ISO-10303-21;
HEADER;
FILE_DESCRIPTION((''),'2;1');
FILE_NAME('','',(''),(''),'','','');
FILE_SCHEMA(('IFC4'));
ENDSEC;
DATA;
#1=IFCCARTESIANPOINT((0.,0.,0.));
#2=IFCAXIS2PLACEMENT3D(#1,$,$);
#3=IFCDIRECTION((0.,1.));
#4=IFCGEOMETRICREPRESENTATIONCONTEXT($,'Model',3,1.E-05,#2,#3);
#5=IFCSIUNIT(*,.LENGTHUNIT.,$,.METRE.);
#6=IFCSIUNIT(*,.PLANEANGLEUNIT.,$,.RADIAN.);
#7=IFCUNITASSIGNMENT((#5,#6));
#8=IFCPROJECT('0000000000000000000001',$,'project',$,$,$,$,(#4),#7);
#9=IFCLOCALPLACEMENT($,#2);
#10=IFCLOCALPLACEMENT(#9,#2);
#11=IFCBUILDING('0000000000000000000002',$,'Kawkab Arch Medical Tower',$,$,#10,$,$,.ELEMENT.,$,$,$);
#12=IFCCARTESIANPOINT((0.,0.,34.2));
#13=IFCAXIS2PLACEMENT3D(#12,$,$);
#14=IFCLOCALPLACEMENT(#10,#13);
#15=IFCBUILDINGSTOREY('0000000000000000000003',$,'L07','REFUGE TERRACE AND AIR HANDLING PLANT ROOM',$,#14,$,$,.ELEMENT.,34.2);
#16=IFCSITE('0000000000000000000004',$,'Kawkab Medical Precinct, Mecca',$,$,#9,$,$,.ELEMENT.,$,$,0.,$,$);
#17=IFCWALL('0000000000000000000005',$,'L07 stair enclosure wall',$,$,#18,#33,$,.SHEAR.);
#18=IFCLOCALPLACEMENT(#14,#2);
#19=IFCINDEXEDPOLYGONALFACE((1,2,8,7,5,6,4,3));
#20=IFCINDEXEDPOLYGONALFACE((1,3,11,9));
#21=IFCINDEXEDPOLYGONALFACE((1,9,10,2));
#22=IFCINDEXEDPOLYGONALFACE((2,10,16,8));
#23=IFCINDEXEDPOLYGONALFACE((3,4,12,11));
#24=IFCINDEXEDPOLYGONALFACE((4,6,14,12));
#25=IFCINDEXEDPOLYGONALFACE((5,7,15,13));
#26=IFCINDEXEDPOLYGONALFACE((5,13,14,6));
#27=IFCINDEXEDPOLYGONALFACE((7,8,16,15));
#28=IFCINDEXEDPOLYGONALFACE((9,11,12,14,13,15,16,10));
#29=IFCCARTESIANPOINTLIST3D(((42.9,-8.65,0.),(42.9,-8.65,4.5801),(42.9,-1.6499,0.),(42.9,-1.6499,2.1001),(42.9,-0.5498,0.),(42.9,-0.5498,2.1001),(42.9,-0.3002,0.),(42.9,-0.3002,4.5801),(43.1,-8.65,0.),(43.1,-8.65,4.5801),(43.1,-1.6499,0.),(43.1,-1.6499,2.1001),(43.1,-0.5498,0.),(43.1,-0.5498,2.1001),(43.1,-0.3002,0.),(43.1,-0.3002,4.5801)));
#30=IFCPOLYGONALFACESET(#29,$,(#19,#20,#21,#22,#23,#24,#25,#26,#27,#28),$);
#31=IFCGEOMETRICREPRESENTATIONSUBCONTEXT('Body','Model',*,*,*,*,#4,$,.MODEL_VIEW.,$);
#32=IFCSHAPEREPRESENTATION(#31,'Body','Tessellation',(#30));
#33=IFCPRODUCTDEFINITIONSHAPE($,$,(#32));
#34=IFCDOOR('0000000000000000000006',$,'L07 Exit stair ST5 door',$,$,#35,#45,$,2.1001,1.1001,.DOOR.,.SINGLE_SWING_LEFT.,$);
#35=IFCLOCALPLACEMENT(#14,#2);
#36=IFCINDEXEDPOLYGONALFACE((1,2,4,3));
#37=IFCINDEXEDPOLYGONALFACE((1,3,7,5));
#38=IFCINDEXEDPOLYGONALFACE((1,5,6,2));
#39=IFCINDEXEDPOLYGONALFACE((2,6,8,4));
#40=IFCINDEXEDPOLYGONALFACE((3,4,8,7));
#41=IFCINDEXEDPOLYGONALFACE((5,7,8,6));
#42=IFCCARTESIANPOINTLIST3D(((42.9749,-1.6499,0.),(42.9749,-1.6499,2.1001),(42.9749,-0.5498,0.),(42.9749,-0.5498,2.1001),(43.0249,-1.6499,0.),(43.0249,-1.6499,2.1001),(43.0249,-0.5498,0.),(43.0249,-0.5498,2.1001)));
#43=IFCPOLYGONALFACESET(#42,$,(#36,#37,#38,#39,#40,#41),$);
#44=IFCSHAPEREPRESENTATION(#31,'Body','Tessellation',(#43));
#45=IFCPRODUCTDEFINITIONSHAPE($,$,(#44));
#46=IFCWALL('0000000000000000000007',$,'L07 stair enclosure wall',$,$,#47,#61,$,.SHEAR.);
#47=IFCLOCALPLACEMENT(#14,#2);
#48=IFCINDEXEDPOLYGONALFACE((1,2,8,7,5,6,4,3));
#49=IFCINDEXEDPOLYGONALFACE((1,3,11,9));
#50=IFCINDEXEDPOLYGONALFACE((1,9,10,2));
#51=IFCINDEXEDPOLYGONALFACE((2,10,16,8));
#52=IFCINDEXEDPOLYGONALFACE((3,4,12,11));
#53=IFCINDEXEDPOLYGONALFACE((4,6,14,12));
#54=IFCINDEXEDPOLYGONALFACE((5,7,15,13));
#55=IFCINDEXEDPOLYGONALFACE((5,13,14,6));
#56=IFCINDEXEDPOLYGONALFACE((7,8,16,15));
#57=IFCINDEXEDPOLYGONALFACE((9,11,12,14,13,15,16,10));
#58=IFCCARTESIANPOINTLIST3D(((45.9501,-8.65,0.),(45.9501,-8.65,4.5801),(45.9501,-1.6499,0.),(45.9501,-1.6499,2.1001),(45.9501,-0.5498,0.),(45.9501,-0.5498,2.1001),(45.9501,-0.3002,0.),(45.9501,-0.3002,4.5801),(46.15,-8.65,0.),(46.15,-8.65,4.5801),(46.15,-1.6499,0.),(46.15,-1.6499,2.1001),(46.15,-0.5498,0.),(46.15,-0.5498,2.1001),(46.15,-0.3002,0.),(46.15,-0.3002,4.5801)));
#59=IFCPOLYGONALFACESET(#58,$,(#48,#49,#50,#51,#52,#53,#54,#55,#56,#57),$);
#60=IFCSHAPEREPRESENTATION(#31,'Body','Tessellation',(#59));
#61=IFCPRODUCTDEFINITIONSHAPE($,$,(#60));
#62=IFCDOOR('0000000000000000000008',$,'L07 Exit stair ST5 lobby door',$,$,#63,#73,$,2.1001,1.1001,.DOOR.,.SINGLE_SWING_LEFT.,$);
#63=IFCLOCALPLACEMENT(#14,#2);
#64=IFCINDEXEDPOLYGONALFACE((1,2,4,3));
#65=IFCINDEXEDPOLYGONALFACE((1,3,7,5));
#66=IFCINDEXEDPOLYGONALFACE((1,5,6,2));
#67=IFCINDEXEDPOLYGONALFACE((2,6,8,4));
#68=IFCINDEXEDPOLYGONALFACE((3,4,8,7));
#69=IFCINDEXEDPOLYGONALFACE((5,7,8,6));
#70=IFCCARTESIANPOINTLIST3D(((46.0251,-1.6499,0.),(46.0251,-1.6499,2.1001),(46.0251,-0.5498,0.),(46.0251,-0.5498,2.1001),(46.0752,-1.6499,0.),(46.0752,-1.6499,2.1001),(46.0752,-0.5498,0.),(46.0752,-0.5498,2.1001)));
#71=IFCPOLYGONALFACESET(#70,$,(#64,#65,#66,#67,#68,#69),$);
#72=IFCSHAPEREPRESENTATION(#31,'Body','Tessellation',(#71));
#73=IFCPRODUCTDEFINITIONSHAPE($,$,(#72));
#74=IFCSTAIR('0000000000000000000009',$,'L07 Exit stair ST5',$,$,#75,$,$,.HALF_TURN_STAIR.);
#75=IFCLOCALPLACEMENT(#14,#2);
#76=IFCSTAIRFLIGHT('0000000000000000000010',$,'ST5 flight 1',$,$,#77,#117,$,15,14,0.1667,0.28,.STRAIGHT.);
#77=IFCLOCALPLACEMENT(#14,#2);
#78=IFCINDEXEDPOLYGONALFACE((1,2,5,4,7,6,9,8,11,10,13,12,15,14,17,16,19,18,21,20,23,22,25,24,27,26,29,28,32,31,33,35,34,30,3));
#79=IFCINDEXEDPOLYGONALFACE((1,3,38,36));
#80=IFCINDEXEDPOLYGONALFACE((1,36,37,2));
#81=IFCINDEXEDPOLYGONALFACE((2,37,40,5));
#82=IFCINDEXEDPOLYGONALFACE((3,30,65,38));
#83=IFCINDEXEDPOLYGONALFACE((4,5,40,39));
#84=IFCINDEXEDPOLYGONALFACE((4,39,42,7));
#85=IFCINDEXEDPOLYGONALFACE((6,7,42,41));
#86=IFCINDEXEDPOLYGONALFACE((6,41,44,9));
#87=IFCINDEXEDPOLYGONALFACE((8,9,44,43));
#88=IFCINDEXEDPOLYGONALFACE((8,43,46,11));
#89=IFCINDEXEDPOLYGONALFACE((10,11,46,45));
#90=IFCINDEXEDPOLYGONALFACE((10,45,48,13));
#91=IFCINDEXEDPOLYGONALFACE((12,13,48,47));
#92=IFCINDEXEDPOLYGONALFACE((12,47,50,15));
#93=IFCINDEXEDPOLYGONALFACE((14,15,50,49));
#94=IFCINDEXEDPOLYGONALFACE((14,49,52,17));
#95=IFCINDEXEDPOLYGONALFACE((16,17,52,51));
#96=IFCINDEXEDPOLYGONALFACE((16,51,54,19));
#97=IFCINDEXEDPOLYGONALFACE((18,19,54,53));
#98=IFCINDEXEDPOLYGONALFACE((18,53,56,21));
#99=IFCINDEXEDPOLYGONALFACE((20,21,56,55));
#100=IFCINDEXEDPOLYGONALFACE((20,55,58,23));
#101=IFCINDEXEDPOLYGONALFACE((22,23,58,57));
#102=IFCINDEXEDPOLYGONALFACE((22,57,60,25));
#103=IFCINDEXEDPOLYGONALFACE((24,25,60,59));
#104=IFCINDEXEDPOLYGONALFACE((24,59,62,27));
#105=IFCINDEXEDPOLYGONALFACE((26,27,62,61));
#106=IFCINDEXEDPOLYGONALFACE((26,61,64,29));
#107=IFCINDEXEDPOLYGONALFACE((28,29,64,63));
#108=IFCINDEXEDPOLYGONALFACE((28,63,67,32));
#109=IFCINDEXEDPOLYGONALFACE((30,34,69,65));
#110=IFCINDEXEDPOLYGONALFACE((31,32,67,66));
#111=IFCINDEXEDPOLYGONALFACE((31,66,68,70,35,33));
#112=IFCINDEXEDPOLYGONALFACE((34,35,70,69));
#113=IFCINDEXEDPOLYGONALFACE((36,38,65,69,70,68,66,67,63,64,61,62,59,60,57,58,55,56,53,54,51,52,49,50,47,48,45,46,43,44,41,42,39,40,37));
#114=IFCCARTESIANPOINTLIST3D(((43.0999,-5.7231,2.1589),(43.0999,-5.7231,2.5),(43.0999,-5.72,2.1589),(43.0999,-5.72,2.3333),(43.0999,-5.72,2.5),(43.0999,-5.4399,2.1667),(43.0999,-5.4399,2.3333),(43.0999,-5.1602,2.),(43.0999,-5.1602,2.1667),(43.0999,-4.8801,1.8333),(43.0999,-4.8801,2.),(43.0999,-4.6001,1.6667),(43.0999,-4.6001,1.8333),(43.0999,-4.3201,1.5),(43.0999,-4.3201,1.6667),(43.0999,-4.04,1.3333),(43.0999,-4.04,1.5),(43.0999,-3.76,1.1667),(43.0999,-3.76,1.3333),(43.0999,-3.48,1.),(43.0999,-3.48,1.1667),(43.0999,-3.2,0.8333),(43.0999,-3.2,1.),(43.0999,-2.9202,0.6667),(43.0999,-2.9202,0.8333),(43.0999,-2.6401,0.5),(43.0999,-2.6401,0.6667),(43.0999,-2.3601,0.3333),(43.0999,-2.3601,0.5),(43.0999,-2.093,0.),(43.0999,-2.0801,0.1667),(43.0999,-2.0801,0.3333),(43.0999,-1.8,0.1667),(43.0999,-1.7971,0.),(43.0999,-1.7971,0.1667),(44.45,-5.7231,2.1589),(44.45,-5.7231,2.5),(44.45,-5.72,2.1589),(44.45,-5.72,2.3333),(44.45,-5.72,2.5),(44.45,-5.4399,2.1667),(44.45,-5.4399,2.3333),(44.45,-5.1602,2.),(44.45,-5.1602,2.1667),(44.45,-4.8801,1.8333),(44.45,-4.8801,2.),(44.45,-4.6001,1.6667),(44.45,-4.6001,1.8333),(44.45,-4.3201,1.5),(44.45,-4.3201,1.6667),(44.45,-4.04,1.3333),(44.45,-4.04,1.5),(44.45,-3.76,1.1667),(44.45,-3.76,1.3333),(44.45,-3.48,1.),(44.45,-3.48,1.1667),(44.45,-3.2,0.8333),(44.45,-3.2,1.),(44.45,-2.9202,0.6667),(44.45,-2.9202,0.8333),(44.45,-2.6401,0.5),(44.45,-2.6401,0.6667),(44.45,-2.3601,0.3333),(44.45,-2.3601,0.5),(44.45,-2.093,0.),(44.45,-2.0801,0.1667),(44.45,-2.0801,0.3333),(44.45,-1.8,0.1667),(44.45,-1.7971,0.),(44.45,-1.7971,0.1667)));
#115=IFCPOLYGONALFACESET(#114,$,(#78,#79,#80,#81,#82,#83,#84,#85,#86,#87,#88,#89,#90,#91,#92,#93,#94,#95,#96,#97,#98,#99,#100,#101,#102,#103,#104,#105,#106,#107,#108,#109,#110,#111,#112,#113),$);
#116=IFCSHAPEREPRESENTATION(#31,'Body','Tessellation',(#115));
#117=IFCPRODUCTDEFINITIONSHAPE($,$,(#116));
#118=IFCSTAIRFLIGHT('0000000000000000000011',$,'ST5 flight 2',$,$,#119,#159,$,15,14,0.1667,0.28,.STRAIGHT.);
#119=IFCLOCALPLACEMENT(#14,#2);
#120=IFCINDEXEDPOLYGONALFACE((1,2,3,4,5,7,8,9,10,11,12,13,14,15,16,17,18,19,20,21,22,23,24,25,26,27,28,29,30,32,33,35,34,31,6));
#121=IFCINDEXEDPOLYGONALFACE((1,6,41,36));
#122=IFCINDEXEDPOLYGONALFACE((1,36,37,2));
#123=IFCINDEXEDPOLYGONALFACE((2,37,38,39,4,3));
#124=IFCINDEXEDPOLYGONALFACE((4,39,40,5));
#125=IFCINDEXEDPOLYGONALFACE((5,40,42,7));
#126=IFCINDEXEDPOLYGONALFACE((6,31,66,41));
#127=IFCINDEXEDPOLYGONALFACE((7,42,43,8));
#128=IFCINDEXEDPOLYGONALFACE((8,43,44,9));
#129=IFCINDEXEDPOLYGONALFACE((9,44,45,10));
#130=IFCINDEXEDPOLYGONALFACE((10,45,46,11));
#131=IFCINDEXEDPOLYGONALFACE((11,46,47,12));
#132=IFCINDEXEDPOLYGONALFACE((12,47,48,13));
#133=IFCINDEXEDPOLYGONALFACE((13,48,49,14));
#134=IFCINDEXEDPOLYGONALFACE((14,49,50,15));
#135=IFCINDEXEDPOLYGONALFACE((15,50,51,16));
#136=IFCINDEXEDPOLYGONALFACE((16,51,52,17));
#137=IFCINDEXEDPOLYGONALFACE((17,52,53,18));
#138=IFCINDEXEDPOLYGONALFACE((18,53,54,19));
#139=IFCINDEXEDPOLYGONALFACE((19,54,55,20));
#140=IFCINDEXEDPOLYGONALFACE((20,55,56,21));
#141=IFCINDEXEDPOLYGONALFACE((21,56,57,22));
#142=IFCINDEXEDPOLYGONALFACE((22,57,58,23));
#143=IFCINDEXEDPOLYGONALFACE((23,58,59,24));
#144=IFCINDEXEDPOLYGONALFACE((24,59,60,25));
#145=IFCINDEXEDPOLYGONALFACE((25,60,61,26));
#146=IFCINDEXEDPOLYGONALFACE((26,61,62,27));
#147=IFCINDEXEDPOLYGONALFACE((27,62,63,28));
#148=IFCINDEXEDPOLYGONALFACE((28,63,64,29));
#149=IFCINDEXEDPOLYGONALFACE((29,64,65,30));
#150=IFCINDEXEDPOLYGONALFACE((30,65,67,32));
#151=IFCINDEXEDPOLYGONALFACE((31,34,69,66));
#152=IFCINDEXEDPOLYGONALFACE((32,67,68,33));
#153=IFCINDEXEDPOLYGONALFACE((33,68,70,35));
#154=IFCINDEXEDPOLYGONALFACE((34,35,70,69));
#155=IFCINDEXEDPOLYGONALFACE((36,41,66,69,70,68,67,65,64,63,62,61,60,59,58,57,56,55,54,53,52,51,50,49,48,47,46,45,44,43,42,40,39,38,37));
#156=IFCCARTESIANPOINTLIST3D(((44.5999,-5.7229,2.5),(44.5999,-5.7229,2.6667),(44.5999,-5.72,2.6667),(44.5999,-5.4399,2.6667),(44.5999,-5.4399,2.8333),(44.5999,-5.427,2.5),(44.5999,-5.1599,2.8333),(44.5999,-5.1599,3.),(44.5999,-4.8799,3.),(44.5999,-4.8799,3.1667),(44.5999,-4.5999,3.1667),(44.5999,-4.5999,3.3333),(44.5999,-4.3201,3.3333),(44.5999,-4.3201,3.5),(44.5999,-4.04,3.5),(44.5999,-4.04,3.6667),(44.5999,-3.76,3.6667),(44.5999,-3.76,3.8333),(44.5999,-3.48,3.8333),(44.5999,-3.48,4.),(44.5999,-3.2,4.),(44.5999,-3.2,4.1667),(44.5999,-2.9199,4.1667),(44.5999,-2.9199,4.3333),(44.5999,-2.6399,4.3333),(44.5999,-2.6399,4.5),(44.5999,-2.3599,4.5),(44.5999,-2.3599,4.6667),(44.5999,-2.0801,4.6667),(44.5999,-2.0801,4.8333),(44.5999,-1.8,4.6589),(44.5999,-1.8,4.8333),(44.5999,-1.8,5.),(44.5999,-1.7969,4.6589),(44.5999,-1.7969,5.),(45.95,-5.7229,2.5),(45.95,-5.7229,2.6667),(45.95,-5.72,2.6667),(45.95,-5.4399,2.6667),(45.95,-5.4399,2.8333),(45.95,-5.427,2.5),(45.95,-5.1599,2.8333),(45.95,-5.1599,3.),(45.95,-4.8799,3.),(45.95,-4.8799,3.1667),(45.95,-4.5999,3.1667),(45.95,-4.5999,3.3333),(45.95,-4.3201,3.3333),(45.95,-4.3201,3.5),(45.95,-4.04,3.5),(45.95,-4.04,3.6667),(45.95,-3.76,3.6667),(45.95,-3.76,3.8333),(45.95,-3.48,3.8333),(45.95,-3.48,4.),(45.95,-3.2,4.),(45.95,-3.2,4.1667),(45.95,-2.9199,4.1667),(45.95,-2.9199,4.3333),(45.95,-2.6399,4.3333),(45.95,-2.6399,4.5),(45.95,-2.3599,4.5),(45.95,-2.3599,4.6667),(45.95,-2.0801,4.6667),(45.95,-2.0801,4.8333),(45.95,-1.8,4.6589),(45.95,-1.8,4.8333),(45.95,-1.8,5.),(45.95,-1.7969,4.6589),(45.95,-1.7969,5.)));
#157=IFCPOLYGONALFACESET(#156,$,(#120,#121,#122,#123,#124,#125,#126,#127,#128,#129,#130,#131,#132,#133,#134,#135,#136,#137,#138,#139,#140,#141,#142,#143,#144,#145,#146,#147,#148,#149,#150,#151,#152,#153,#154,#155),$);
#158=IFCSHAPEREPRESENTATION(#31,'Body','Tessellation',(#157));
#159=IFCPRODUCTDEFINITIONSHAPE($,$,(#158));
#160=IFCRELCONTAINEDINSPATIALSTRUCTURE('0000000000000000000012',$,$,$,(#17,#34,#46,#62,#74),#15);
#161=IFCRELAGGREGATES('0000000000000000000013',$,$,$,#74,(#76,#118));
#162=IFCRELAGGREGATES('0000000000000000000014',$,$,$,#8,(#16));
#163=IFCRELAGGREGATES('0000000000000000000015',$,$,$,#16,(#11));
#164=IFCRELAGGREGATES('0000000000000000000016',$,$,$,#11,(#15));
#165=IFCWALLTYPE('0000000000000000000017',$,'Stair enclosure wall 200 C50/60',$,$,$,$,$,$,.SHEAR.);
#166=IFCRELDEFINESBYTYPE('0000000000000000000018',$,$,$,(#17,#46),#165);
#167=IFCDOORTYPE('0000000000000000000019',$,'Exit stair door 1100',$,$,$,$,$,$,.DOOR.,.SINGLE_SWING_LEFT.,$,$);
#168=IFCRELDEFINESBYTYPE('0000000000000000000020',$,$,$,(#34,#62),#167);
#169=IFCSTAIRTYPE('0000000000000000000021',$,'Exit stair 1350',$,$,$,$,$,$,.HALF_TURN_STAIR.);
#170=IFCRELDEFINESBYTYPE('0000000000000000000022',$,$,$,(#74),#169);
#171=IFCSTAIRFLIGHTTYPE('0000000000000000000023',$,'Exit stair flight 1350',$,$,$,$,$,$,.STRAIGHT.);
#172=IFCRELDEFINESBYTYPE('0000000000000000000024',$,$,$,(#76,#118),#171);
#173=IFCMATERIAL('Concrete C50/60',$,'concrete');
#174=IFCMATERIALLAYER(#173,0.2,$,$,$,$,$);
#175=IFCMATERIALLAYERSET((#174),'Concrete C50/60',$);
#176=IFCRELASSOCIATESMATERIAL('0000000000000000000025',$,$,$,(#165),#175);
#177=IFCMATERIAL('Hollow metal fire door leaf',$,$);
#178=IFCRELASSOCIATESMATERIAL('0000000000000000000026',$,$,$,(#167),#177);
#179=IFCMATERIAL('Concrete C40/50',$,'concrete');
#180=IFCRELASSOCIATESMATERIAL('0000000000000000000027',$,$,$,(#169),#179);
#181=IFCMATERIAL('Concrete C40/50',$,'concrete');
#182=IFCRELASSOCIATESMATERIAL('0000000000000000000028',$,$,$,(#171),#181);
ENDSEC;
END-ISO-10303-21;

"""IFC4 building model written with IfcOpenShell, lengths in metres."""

from ifc_helpers import new_model, si_unit, direction, frame, frame_2d, origin, place, context, subcontext, project, spatial, polyline, rectangle, outline, extrude, material, layer, layer_set, type_object, element, fill, aggregate, save


model = new_model("IFC4")

# Units and contexts
model_context = context("Model", 3, precision=1e-05, world=origin(), true_north=direction((0.0, 1.0)))
body_context = subcontext(model_context, "Body", "Model", "MODEL_VIEW")
ifc_project = project(units=[si_unit("LENGTHUNIT", "METRE"), si_unit("PLANEANGLEUNIT", "RADIAN")], contexts=[model_context])

# Site, building, storey
site_placement = place(None, origin())
site = spatial("IfcSite", under=ifc_project, at=site_placement, Name="Kawkab Medical Precinct, Mecca", CompositionType="ELEMENT", RefElevation=0.0)
building_placement = place(site_placement, origin())
building = spatial("IfcBuilding", under=site, at=building_placement, Name="Kawkab Arch Medical Tower", CompositionType="ELEMENT")
storey_placement = place(building_placement, frame((0.0, 0.0, 34.2)))
storey = spatial("IfcBuildingStorey", under=building, at=storey_placement, Name="L07", Description="REFUGE TERRACE AND AIR HANDLING PLANT ROOM", CompositionType="ELEMENT", Elevation=34.2)

# Walls, openings, doors
ifc_material_1 = material(Name="Concrete C50/60", Category="concrete")
ifc_layer_1 = layer(ifc_material_1, 0.2)
ifc_layer_set_1 = layer_set([ifc_layer_1], Name="Concrete C50/60")
wall_type_1 = type_object("IfcWallType", Name="Stair enclosure wall 200 C50/60", PredefinedType="SHEAR", material=ifc_layer_set_1)
wall_1_placement = place(storey_placement, frame((43.0, -8.6499, 0.0), z_axis=(0.0, 0.0, 1.0), x_axis=(0.0, 1.0, 0.0)))
wall_1 = element("IfcWall", 1, at=wall_1_placement, inside=storey, type_object=wall_type_1, Name="L07 stair enclosure wall", PredefinedType="SHEAR", context=body_context, shape_type="SweptSolid", body=[
    extrude(rectangle(XDim=8.3499, YDim=0.2, at=frame_2d((4.1748, 0.0))), origin(), (0.0, 0.0, 1.0), 4.5801),
])
opening_1_placement = place(wall_1_placement, frame((7.0, 0.0, 0.0)))
opening_1 = element("IfcOpeningElement", 2, at=opening_1_placement, cuts=wall_1, PredefinedType="OPENING", context=body_context, shape_type="SweptSolid", body=[
    extrude(rectangle(XDim=1.1001, YDim=2.1001, at=frame_2d((0.55, 1.05))), frame((0.0, 0.1099, 0.0), z_axis=(0.0, -1.0, 0.0), x_axis=(1.0, 0.0, 0.0)), (0.0, 0.0, 1.0), 0.22),
])
ifc_material_2 = material(Name="Hollow metal fire door leaf")
door_type_1 = type_object("IfcDoorType", Name="Exit stair door 1100", OperationType="SINGLE_SWING_LEFT", PredefinedType="DOOR", material=ifc_material_2)
door_1_placement = place(opening_1_placement, frame((1.1001, 0.0, 0.0), z_axis=(0.0, 0.0, 1.0), x_axis=(-1.0, 0.0, 0.0)))
door_1 = element("IfcDoor", 3, at=door_1_placement, inside=storey, type_object=door_type_1, Name="L07 Exit stair ST5 door", OperationType="SINGLE_SWING_LEFT", OverallHeight=2.1001, OverallWidth=1.1001, PredefinedType="DOOR", context=body_context, shape_type="SweptSolid", body=[
    extrude(rectangle(XDim=1.1001, YDim=2.1001, at=frame_2d((0.55, 1.05))), frame((0.0, 0.0249, 0.0), z_axis=(0.0, -1.0, 0.0), x_axis=(1.0, 0.0, 0.0)), (0.0, 0.0, 1.0), 0.05),
])
fill(opening_1, door_1)
wall_2_placement = place(storey_placement, frame((46.05, -8.6499, 0.0), z_axis=(0.0, 0.0, 1.0), x_axis=(0.0, 1.0, 0.0)))
wall_2 = element("IfcWall", 4, at=wall_2_placement, inside=storey, type_object=wall_type_1, Name="L07 stair enclosure wall", PredefinedType="SHEAR", context=body_context, shape_type="SweptSolid", body=[
    extrude(rectangle(XDim=8.3499, YDim=0.2, at=frame_2d((4.1748, 0.0))), origin(), (0.0, 0.0, 1.0), 4.5801),
])
opening_2_placement = place(wall_2_placement, frame((7.0, 0.0, 0.0)))
opening_2 = element("IfcOpeningElement", 5, at=opening_2_placement, cuts=wall_2, PredefinedType="OPENING", context=body_context, shape_type="SweptSolid", body=[
    extrude(rectangle(XDim=1.1001, YDim=2.1001, at=frame_2d((0.55, 1.05))), frame((0.0, 0.1099, 0.0), z_axis=(0.0, -1.0, 0.0), x_axis=(1.0, 0.0, 0.0)), (0.0, 0.0, 1.0), 0.22),
])
door_2_placement = place(opening_2_placement, origin())
door_2 = element("IfcDoor", 6, at=door_2_placement, inside=storey, type_object=door_type_1, Name="L07 Exit stair ST5 lobby door", OperationType="SINGLE_SWING_LEFT", OverallHeight=2.1001, OverallWidth=1.1001, PredefinedType="DOOR", context=body_context, shape_type="SweptSolid", body=[
    extrude(rectangle(XDim=1.1001, YDim=2.1001, at=frame_2d((0.55, 1.05))), frame((0.0, 0.0249, 0.0), z_axis=(0.0, -1.0, 0.0), x_axis=(1.0, 0.0, 0.0)), (0.0, 0.0, 1.0), 0.05),
])
fill(opening_2, door_2)

# Stair, stair flights
ifc_material_3 = material(Name="Concrete C40/50", Category="concrete")
stair_type = type_object("IfcStairType", Name="Exit stair 1350", PredefinedType="HALF_TURN_STAIR", material=ifc_material_3)
stair_placement = place(storey_placement, origin())
stair = element("IfcStair", 7, at=stair_placement, inside=storey, type_object=stair_type, Name="L07 Exit stair ST5", PredefinedType="HALF_TURN_STAIR")
ifc_material_4 = material(Name="Concrete C40/50", Category="concrete")
stair_flight_type = type_object("IfcStairFlightType", Name="Exit stair flight 1350", PredefinedType="STRAIGHT", material=ifc_material_4)
stair_flight_1_placement = place(storey_placement, frame((43.7749, -1.8, 0.0), z_axis=(0.0, 0.0, 1.0), x_axis=(0.0, -1.0, 0.0)))
stair_flight_1 = element("IfcStairFlight", 8, at=stair_flight_1_placement, type_object=stair_flight_type, Name="ST5 flight 1", NumberOfRisers=15, NumberOfTreads=14, PredefinedType="STRAIGHT", RiserHeight=0.1667, TreadLength=0.28, context=body_context, shape_type="SweptSolid", body=[
    extrude(outline(polyline([(-0.0029, 0.0), (-0.0029, 0.1667), (0.0, 0.1667), (0.28, 0.1667), (0.28, 0.3333), (0.5601, 0.3333), (0.5601, 0.5), (0.8401, 0.5), (0.8401, 0.6667), (1.1201, 0.6667), (1.1201, 0.8333), (1.3999, 0.8333), (1.3999, 1.0), (1.6799, 1.0), (1.6799, 1.1667), (1.96, 1.1667), (1.96, 1.3333), (2.24, 1.3333), (2.24, 1.5), (2.52, 1.5), (2.52, 1.6667), (2.8, 1.6667), (2.8, 1.8333), (3.0801, 1.8333), (3.0801, 2.0), (3.3601, 2.0), (3.3601, 2.1667), (3.6399, 2.1667), (3.6399, 2.3333), (3.9199, 2.3333), (3.9199, 2.5), (3.9231, 2.5), (3.9231, 2.1589), (3.9199, 2.1589), (0.293, 0.0), (-0.0029, 0.0)])), frame((0.0, 0.675, 0.0), z_axis=(0.0, -1.0, 0.0), x_axis=(1.0, 0.0, 0.0)), (0.0, 0.0, 1.0), 1.3501),
])
stair_flight_2_placement = place(storey_placement, frame((45.2749, -5.72, 2.5), z_axis=(0.0, 0.0, 1.0), x_axis=(0.0, 1.0, 0.0)))
stair_flight_2 = element("IfcStairFlight", 9, at=stair_flight_2_placement, type_object=stair_flight_type, Name="ST5 flight 2", NumberOfRisers=15, NumberOfTreads=14, PredefinedType="STRAIGHT", RiserHeight=0.1667, TreadLength=0.28, context=body_context, shape_type="SweptSolid", body=[
    extrude(outline(polyline([(-0.0029, 0.0), (-0.0029, 0.1667), (0.0, 0.1667), (0.28, 0.1667), (0.28, 0.3333), (0.5601, 0.3333), (0.5601, 0.5), (0.8401, 0.5), (0.8401, 0.6667), (1.1201, 0.6667), (1.1201, 0.8333), (1.3999, 0.8333), (1.3999, 1.0), (1.6799, 1.0), (1.6799, 1.1667), (1.96, 1.1667), (1.96, 1.3333), (2.24, 1.3333), (2.24, 1.5), (2.52, 1.5), (2.52, 1.6667), (2.8, 1.6667), (2.8, 1.8333), (3.0801, 1.8333), (3.0801, 2.0), (3.3601, 2.0), (3.3601, 2.1667), (3.6399, 2.1667), (3.6399, 2.3333), (3.9199, 2.3333), (3.9199, 2.5), (3.9231, 2.5), (3.9231, 2.1589), (3.9199, 2.1589), (0.293, 0.0), (-0.0029, 0.0)])), frame((0.0, 0.675, 0.0), z_axis=(0.0, -1.0, 0.0), x_axis=(1.0, 0.0, 0.0)), (0.0, 0.0, 1.0), 1.3501),
])
aggregate(stair, [stair_flight_1, stair_flight_2])

save(model, "model.ifc")
